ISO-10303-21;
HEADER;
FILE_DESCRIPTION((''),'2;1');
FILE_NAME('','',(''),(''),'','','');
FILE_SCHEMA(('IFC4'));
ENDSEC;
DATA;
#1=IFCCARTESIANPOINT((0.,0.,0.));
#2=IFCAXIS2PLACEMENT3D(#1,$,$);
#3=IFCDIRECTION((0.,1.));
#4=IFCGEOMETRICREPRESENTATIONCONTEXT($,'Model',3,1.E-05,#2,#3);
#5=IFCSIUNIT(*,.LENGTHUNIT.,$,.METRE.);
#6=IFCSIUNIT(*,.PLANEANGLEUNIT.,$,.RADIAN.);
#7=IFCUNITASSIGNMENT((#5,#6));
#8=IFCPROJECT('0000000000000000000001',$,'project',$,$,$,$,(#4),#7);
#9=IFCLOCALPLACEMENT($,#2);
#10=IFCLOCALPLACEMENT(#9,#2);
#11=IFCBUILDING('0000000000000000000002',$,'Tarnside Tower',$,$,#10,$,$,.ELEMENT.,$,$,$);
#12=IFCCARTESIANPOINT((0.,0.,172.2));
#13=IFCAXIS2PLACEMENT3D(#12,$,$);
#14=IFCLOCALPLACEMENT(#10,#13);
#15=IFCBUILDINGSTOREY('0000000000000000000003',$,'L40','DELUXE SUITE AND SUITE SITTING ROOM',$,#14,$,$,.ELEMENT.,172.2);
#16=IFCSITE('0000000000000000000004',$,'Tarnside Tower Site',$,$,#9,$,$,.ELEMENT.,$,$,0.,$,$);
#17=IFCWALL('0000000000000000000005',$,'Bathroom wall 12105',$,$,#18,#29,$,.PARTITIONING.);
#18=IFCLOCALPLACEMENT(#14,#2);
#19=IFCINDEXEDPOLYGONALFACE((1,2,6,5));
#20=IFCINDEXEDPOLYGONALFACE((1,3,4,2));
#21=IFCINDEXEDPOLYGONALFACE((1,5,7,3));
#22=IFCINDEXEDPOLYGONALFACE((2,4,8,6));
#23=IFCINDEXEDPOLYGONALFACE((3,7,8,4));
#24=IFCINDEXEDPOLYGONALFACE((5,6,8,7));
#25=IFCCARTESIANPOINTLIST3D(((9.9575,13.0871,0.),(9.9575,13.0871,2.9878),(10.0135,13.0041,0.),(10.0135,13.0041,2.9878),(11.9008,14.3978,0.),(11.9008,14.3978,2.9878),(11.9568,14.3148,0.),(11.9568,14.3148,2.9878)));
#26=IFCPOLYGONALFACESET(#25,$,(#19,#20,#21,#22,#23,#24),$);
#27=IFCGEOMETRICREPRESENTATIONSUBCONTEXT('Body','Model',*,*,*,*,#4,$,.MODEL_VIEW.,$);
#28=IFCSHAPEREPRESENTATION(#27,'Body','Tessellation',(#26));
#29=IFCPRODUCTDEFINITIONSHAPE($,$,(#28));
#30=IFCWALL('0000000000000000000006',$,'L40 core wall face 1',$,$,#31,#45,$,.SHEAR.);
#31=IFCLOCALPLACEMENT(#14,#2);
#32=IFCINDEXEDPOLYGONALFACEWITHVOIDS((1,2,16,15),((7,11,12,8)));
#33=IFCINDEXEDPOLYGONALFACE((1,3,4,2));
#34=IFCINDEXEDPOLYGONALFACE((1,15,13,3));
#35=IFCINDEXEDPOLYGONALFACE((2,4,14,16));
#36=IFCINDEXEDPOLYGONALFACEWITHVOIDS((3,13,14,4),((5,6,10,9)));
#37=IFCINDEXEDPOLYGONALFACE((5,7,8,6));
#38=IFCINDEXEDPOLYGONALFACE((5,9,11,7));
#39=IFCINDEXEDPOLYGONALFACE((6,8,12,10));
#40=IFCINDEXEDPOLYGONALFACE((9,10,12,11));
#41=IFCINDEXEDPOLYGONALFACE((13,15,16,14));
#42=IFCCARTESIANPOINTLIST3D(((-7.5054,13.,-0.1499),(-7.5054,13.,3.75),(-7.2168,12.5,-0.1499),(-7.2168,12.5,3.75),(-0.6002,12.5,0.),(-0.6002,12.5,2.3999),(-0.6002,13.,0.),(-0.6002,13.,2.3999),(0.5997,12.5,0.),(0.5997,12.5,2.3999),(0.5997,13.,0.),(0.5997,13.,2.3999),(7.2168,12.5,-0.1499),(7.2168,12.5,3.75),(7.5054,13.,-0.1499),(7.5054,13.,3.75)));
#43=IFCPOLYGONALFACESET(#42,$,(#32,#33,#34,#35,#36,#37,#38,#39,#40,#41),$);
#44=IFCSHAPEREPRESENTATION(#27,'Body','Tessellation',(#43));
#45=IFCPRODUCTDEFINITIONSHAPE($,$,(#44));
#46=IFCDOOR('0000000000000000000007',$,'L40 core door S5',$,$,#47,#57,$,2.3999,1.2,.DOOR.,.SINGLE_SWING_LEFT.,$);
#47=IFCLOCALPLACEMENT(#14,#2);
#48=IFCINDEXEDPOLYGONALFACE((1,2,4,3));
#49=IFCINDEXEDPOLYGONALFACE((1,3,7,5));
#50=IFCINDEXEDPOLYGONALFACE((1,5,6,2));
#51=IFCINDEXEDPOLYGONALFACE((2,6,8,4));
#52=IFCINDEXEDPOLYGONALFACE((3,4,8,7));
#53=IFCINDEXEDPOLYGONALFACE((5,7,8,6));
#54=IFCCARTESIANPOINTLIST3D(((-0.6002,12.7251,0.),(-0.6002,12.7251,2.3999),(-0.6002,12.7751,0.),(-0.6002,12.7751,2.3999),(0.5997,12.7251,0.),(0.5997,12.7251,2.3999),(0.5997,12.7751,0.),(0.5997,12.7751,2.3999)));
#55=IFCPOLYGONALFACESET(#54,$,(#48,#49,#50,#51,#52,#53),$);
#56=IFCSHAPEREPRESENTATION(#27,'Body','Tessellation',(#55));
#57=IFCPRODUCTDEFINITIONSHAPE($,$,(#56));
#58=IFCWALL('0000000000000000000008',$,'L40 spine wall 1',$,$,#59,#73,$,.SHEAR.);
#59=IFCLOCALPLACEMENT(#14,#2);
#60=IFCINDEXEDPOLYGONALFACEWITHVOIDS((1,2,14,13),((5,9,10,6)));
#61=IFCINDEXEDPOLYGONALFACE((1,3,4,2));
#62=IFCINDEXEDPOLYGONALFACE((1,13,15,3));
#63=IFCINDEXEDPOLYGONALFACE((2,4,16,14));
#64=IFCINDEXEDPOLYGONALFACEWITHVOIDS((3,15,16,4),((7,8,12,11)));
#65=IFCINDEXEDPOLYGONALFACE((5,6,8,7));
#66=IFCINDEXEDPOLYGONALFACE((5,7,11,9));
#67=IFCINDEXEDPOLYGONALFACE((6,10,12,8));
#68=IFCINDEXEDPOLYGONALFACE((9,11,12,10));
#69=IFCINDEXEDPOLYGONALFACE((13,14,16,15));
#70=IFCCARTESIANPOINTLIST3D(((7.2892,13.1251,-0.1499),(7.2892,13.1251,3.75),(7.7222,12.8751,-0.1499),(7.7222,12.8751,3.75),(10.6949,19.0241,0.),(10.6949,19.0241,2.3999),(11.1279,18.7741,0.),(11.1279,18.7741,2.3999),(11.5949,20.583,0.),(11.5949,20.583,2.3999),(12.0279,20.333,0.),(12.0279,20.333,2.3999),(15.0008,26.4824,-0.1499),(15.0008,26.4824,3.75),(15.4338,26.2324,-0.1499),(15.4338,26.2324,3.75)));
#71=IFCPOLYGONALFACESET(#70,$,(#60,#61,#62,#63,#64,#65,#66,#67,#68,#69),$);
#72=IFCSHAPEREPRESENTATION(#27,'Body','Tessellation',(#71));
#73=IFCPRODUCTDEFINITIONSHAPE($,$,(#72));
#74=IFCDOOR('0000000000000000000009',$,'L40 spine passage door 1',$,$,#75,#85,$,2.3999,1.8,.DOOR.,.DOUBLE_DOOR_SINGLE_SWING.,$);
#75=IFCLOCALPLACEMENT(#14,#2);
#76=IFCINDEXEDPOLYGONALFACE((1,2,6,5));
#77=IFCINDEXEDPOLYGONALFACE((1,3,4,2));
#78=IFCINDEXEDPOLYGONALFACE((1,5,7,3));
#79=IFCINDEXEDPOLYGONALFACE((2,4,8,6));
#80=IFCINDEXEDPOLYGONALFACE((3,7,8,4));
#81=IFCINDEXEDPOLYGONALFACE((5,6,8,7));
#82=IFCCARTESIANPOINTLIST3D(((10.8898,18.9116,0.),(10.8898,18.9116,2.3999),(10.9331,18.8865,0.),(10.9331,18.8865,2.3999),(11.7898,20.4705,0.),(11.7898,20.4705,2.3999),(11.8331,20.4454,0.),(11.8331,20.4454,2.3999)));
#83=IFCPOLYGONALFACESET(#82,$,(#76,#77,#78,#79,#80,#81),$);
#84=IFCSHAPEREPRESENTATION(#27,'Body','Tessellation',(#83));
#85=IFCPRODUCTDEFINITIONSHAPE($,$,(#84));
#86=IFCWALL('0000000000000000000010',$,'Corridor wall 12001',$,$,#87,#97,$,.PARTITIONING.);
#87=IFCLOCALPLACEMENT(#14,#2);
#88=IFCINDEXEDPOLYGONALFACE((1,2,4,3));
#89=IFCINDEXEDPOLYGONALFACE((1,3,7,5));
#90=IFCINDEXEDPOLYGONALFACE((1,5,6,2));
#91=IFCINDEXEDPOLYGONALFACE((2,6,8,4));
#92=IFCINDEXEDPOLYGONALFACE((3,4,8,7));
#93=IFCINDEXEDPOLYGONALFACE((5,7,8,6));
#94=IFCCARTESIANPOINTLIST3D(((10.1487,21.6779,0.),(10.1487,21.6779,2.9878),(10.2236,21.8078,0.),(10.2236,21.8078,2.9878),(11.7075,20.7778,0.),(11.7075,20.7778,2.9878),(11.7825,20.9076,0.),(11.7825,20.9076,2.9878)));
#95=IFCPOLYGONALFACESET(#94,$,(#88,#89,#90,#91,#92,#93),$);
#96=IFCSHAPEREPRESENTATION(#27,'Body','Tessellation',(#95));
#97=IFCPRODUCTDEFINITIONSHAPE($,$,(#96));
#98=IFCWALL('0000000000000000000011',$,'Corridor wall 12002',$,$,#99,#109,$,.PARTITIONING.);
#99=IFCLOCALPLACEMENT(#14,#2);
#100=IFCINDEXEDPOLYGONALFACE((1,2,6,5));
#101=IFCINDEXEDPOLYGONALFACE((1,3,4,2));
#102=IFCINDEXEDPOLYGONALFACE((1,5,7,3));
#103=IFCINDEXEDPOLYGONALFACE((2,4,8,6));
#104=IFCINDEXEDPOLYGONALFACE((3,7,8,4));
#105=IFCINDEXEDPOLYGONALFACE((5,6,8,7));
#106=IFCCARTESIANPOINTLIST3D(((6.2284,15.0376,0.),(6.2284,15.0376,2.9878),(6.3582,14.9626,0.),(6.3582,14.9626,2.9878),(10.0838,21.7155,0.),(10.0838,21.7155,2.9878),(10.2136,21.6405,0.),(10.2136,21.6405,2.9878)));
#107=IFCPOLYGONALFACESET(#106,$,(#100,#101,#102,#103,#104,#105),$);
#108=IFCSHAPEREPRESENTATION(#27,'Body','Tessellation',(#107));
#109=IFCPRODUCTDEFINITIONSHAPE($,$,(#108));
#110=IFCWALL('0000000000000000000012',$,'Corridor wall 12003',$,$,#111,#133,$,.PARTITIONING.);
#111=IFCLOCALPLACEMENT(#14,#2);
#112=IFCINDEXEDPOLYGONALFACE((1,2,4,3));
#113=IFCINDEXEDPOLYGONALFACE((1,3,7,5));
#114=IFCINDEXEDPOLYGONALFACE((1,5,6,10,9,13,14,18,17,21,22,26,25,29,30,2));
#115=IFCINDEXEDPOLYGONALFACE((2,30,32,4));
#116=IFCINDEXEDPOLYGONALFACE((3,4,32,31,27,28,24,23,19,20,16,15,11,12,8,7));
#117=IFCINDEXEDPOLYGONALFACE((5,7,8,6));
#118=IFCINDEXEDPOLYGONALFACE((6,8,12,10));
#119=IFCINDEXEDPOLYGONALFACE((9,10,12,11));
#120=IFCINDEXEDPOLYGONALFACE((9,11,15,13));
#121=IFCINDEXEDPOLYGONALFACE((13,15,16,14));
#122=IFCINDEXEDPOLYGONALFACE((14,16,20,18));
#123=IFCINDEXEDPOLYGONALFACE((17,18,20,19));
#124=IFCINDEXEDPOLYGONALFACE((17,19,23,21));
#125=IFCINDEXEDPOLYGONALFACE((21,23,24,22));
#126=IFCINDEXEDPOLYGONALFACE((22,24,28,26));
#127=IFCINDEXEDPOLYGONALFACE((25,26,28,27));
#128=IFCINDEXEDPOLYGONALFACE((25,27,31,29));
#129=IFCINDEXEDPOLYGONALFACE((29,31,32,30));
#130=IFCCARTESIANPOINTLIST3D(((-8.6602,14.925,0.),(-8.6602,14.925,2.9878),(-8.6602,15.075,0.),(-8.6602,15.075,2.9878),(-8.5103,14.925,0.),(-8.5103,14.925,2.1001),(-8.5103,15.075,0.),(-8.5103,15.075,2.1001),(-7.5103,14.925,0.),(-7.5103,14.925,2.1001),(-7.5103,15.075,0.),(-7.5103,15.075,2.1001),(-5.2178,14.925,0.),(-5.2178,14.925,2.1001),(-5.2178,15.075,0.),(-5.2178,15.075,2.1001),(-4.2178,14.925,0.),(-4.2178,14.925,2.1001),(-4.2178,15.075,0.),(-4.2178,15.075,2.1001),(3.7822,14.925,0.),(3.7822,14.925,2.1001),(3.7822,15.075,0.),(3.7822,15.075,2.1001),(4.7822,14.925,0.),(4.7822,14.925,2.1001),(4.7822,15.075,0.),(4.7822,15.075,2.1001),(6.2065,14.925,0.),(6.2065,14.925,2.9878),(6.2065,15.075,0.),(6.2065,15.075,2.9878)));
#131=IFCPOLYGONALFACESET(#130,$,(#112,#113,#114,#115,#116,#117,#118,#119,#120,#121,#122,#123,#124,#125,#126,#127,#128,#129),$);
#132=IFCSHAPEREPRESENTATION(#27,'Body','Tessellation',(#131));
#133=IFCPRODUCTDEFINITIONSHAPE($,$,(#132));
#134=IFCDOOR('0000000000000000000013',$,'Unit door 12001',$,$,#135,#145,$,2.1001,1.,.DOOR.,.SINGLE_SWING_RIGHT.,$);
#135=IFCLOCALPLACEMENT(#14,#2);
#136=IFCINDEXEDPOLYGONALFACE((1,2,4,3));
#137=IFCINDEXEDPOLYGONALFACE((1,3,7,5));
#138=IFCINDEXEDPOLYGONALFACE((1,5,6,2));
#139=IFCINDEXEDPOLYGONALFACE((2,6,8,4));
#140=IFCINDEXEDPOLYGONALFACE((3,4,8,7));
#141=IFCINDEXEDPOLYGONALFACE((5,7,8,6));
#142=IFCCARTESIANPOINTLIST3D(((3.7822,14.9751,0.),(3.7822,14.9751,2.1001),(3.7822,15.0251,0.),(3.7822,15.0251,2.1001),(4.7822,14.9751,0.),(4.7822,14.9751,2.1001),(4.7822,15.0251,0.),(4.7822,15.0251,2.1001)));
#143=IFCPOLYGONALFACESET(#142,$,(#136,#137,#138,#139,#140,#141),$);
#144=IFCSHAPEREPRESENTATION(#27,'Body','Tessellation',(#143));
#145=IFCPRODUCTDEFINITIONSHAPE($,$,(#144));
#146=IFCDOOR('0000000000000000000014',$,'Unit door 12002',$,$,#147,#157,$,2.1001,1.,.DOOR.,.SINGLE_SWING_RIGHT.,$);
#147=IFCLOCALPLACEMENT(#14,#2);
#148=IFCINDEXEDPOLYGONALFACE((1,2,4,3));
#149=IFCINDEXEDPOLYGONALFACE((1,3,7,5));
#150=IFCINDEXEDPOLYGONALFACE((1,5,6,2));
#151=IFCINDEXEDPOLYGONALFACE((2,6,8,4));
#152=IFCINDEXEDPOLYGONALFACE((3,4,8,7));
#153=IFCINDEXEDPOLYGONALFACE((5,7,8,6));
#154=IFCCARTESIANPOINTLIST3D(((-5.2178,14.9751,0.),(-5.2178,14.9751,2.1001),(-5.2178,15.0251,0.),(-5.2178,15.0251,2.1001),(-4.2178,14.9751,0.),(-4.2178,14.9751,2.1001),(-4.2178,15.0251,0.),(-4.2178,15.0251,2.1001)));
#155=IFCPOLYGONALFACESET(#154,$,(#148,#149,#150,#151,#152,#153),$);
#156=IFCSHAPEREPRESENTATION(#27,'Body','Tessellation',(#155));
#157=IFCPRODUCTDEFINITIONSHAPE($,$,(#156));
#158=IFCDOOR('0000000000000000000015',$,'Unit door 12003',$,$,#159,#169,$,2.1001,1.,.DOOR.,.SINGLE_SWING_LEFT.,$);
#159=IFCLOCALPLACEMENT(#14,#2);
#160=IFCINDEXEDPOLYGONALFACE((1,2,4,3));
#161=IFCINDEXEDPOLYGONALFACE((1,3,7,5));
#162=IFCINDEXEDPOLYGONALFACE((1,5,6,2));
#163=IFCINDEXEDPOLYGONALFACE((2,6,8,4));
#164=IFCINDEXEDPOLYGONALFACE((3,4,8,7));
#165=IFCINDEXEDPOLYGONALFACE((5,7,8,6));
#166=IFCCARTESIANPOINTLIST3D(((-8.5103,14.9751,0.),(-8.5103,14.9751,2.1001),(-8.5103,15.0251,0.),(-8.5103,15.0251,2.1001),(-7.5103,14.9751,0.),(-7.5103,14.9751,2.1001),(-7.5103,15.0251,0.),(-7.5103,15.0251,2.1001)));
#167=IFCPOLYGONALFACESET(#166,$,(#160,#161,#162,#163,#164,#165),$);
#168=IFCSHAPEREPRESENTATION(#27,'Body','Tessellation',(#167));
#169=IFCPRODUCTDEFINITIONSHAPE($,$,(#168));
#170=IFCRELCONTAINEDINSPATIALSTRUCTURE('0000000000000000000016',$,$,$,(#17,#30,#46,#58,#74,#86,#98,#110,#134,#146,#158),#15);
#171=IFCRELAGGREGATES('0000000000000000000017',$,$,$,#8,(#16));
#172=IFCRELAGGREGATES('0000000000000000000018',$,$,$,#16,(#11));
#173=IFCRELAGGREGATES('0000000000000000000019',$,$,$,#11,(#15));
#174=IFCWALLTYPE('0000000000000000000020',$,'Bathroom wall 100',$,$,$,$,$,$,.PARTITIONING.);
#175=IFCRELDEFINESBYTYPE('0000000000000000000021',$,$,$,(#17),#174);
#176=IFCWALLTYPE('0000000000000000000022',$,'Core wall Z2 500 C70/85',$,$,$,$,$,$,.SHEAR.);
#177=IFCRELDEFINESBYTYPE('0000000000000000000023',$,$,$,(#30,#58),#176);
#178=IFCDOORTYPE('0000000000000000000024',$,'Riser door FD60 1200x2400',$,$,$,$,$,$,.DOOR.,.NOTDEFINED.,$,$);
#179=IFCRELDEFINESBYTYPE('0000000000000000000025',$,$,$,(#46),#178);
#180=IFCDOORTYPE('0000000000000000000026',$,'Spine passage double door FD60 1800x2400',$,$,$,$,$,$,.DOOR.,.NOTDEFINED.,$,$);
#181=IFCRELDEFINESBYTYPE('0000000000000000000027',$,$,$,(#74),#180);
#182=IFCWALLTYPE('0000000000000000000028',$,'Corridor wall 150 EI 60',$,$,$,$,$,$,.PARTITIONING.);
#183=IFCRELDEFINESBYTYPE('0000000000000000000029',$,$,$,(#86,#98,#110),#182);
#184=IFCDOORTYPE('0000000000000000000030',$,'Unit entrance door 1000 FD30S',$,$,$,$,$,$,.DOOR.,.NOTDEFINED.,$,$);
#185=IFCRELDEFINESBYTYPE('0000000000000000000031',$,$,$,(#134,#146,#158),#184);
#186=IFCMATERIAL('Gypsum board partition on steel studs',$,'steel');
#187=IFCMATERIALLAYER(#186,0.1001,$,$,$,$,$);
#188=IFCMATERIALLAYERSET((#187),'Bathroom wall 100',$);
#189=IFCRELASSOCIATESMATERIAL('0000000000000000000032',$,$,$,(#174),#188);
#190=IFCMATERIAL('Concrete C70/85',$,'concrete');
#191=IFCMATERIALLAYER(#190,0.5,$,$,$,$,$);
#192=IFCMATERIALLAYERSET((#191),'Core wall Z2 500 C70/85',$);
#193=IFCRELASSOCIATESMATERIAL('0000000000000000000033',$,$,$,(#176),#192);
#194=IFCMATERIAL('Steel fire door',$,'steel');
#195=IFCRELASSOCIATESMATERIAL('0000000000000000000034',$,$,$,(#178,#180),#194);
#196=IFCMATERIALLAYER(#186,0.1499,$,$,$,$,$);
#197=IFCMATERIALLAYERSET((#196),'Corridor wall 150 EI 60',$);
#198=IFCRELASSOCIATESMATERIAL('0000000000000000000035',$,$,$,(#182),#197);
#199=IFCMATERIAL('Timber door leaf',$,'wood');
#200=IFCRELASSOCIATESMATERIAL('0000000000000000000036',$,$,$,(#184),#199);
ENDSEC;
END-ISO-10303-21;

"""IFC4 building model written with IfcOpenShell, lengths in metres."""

from ifc_helpers import new_model, si_unit, direction, frame, frame_2d, origin, place, context, subcontext, project, spatial, polyline, rectangle, outline, extrude, material, layer, layer_set, type_object, element, fill, save


model = new_model("IFC4")

# Units and contexts
model_context = context("Model", 3, precision=1e-05, world=origin(), true_north=direction((0.0, 1.0)))
body_context = subcontext(model_context, "Body", "Model", "MODEL_VIEW")
ifc_project = project(units=[si_unit("LENGTHUNIT", "METRE"), si_unit("PLANEANGLEUNIT", "RADIAN")], contexts=[model_context])

# Site, building, storey
site_placement = place(None, origin())
site = spatial("IfcSite", under=ifc_project, at=site_placement, Name="Tarnside Tower Site", CompositionType="ELEMENT", RefElevation=0.0)
building_placement = place(site_placement, origin())
building = spatial("IfcBuilding", under=site, at=building_placement, Name="Tarnside Tower", CompositionType="ELEMENT")
storey_placement = place(building_placement, frame((0.0, 0.0, 172.2)))
storey = spatial("IfcBuildingStorey", under=building, at=storey_placement, Name="L40", Description="DELUXE SUITE AND SUITE SITTING ROOM", CompositionType="ELEMENT", Elevation=172.2)

# Wall
ifc_material_1 = material(Name="Gypsum board partition on steel studs", Category="steel")
ifc_layer_1 = layer(ifc_material_1, 0.1001)
ifc_layer_set_1 = layer_set([ifc_layer_1], Name="Bathroom wall 100")
wall_type_1 = type_object("IfcWallType", Name="Bathroom wall 100", PredefinedType="PARTITIONING", material=ifc_layer_set_1)
wall_1_placement = place(storey_placement, frame((9.9856, 13.0457, 0.0), z_axis=(0.0, 0.0, 1.0), x_axis=(0.829042, 0.559187, 0.0)))
element("IfcWall", 1, at=wall_1_placement, inside=storey, type_object=wall_type_1, Name="Bathroom wall 12105", PredefinedType="PARTITIONING", context=body_context, shape_type="SweptSolid", body=[
    extrude(rectangle(XDim=2.344, YDim=0.1001, at=frame_2d((1.1719, 0.0))), origin(), (0.0, 0.0, 1.0), 2.9878),
])

# Walls, openings, doors
ifc_material_2 = material(Name="Concrete C70/85", Category="concrete")
ifc_layer_2 = layer(ifc_material_2, 0.5)
ifc_layer_set_2 = layer_set([ifc_layer_2], Name="Core wall Z2 500 C70/85")
wall_type_2 = type_object("IfcWallType", Name="Core wall Z2 500 C70/85", PredefinedType="SHEAR", material=ifc_layer_set_2)
wall_2_placement = place(storey_placement, frame((7.3611, 12.75, -0.1499), z_axis=(0.0, 0.0, 1.0), x_axis=(-1.0, 0.0, 0.0)))
wall_2 = element("IfcWall", 2, at=wall_2_placement, inside=storey, type_object=wall_type_2, Name="L40 core wall face 1", PredefinedType="SHEAR", context=body_context, shape_type="SweptSolid", body=[
    extrude(outline(polyline([(-0.1443, -0.25), (14.8665, -0.25), (14.5779, 0.25), (0.1443, 0.25), (-0.1443, -0.25)])), origin(), (0.0, 0.0, 1.0), 3.8999),
])
opening_1_placement = place(wall_2_placement, frame((6.7612, 0.0, 0.1499)))
opening_1 = element("IfcOpeningElement", 3, at=opening_1_placement, cuts=wall_2, PredefinedType="OPENING", context=body_context, shape_type="SweptSolid", body=[
    extrude(rectangle(XDim=1.2, YDim=2.3999, at=frame_2d((0.6001, 1.2))), frame((0.0, 0.26, 0.0), z_axis=(0.0, -1.0, 0.0), x_axis=(1.0, 0.0, 0.0)), (0.0, 0.0, 1.0), 0.52),
])
ifc_material_3 = material(Name="Steel fire door", Category="steel")
door_type_1 = type_object("IfcDoorType", Name="Riser door FD60 1200x2400", OperationType="NOTDEFINED", PredefinedType="DOOR", material=ifc_material_3)
door_1_placement = place(opening_1_placement, origin())
door_1 = element("IfcDoor", 4, at=door_1_placement, inside=storey, type_object=door_type_1, Name="L40 core door S5", OperationType="SINGLE_SWING_LEFT", OverallHeight=2.3999, OverallWidth=1.2, PredefinedType="DOOR", context=body_context, shape_type="SweptSolid", body=[
    extrude(rectangle(XDim=1.2, YDim=2.3999, at=frame_2d((0.6001, 1.2))), frame((0.0, 0.0249, 0.0), z_axis=(0.0, -1.0, 0.0), x_axis=(1.0, 0.0, 0.0)), (0.0, 0.0, 1.0), 0.05),
])
fill(opening_1, door_1)
wall_3_placement = place(storey_placement, frame((7.5056, 13.0, -0.1499), z_axis=(0.0, 0.0, 1.0), x_axis=(0.499988, 0.866032, 0.0)))
wall_3 = element("IfcWall", 5, at=wall_3_placement, inside=storey, type_object=wall_type_2, Name="L40 spine wall 1", PredefinedType="SHEAR", context=body_context, shape_type="SweptSolid", body=[
    extrude(rectangle(XDim=15.4236, YDim=0.5, at=frame_2d((7.7119, 0.0))), origin(), (0.0, 0.0, 1.0), 3.8999),
])
opening_2_placement = place(wall_3_placement, frame((6.8118, 0.0, 0.1499)))
opening_2 = element("IfcOpeningElement", 6, at=opening_2_placement, cuts=wall_3, PredefinedType="OPENING", context=body_context, shape_type="SweptSolid", body=[
    extrude(rectangle(XDim=1.8, YDim=2.3999, at=frame_2d((0.8999, 1.2))), frame((0.0, 0.26, 0.0), z_axis=(0.0, -1.0, 0.0), x_axis=(1.0, 0.0, 0.0)), (0.0, 0.0, 1.0), 0.52),
])
door_type_2 = type_object("IfcDoorType", Name="Spine passage double door FD60 1800x2400", OperationType="NOTDEFINED", PredefinedType="DOOR", material=ifc_material_3)
door_2_placement = place(opening_2_placement, origin())
door_2 = element("IfcDoor", 7, at=door_2_placement, inside=storey, type_object=door_type_2, Name="L40 spine passage door 1", OperationType="DOUBLE_DOOR_SINGLE_SWING", OverallHeight=2.3999, OverallWidth=1.8, PredefinedType="DOOR", context=body_context, shape_type="SweptSolid", body=[
    extrude(rectangle(XDim=1.8, YDim=2.3999, at=frame_2d((0.8999, 1.2))), frame((0.0, 0.0249, 0.0), z_axis=(0.0, -1.0, 0.0), x_axis=(1.0, 0.0, 0.0)), (0.0, 0.0, 1.0), 0.05),
])
fill(opening_2, door_2)

# Walls
ifc_layer_3 = layer(ifc_material_1, 0.1499)
ifc_layer_set_3 = layer_set([ifc_layer_3], Name="Corridor wall 150 EI 60")
wall_type_3 = type_object("IfcWallType", Name="Corridor wall 150 EI 60", PredefinedType="PARTITIONING", material=ifc_layer_set_3)
wall_4_placement = place(storey_placement, frame((11.7449, 20.8428, 0.0), z_axis=(0.0, 0.0, 1.0), x_axis=(-0.865989, 0.500063, 0.0)))
element("IfcWall", 8, at=wall_4_placement, inside=storey, type_object=wall_type_3, Name="Corridor wall 12001", PredefinedType="PARTITIONING", context=body_context, shape_type="SweptSolid", body=[
    extrude(rectangle(XDim=1.8, YDim=0.1499, at=frame_2d((0.8999, 0.0))), origin(), (0.0, 0.0, 1.0), 2.9878),
])
wall_5_placement = place(storey_placement, frame((10.1487, 21.678, 0.0), z_axis=(0.0, 0.0, 1.0), x_axis=(-0.499994, -0.866029, 0.0)))
element("IfcWall", 9, at=wall_5_placement, inside=storey, type_object=wall_type_3, Name="Corridor wall 12002", PredefinedType="PARTITIONING", context=body_context, shape_type="SweptSolid", body=[
    extrude(rectangle(XDim=7.7109, YDim=0.1499, at=frame_2d((3.8555, 0.0))), origin(), (0.0, 0.0, 1.0), 2.9878),
])

# Wall, openings, doors
wall_6_placement = place(storey_placement, frame((6.2065, 15.0, 0.0), z_axis=(0.0, 0.0, 1.0), x_axis=(-1.0, 0.0, 0.0)))
wall_6 = element("IfcWall", 10, at=wall_6_placement, inside=storey, type_object=wall_type_3, Name="Corridor wall 12003", PredefinedType="PARTITIONING", context=body_context, shape_type="SweptSolid", body=[
    extrude(rectangle(XDim=14.8667, YDim=0.1499, at=frame_2d((7.4333, 0.0))), origin(), (0.0, 0.0, 1.0), 2.9878),
])
opening_3_placement = place(wall_6_placement, frame((1.4243, 0.0, 0.0)))
opening_3 = element("IfcOpeningElement", 11, at=opening_3_placement, cuts=wall_6, PredefinedType="OPENING", context=body_context, shape_type="SweptSolid", body=[
    extrude(rectangle(XDim=1.0, YDim=2.1001, at=frame_2d((0.5, 1.05))), frame((0.0, 0.085, 0.0), z_axis=(0.0, -1.0, 0.0), x_axis=(1.0, 0.0, 0.0)), (0.0, 0.0, 1.0), 0.1699),
])
opening_4_placement = place(wall_6_placement, frame((10.4243, 0.0, 0.0)))
opening_4 = element("IfcOpeningElement", 12, at=opening_4_placement, cuts=wall_6, PredefinedType="OPENING", context=body_context, shape_type="SweptSolid", body=[
    extrude(rectangle(XDim=1.0, YDim=2.1001, at=frame_2d((0.5, 1.05))), frame((0.0, 0.085, 0.0), z_axis=(0.0, -1.0, 0.0), x_axis=(1.0, 0.0, 0.0)), (0.0, 0.0, 1.0), 0.1699),
])
opening_5_placement = place(wall_6_placement, frame((13.7168, 0.0, 0.0)))
opening_5 = element("IfcOpeningElement", 13, at=opening_5_placement, cuts=wall_6, PredefinedType="OPENING", context=body_context, shape_type="SweptSolid", body=[
    extrude(rectangle(XDim=1.0, YDim=2.1001, at=frame_2d((0.5, 1.05))), frame((0.0, 0.085, 0.0), z_axis=(0.0, -1.0, 0.0), x_axis=(1.0, 0.0, 0.0)), (0.0, 0.0, 1.0), 0.1699),
])
ifc_material_4 = material(Name="Timber door leaf", Category="wood")
door_type_3 = type_object("IfcDoorType", Name="Unit entrance door 1000 FD30S", OperationType="NOTDEFINED", PredefinedType="DOOR", material=ifc_material_4)
door_3_placement = place(opening_3_placement, origin())
door_3 = element("IfcDoor", 14, at=door_3_placement, inside=storey, type_object=door_type_3, Name="Unit door 12001", OperationType="SINGLE_SWING_RIGHT", OverallHeight=2.1001, OverallWidth=1.0, PredefinedType="DOOR", context=body_context, shape_type="SweptSolid", body=[
    extrude(rectangle(XDim=1.0, YDim=2.1001, at=frame_2d((0.5, 1.05))), frame((0.0, 0.0249, 0.0), z_axis=(0.0, -1.0, 0.0), x_axis=(1.0, 0.0, 0.0)), (0.0, 0.0, 1.0), 0.05),
])
fill(opening_3, door_3)
door_4_placement = place(opening_4_placement, origin())
door_4 = element("IfcDoor", 15, at=door_4_placement, inside=storey, type_object=door_type_3, Name="Unit door 12002", OperationType="SINGLE_SWING_RIGHT", OverallHeight=2.1001, OverallWidth=1.0, PredefinedType="DOOR", context=body_context, shape_type="SweptSolid", body=[
    extrude(rectangle(XDim=1.0, YDim=2.1001, at=frame_2d((0.5, 1.05))), frame((0.0, 0.0249, 0.0), z_axis=(0.0, -1.0, 0.0), x_axis=(1.0, 0.0, 0.0)), (0.0, 0.0, 1.0), 0.05),
])
fill(opening_4, door_4)
door_5_placement = place(opening_5_placement, origin())
door_5 = element("IfcDoor", 16, at=door_5_placement, inside=storey, type_object=door_type_3, Name="Unit door 12003", OperationType="SINGLE_SWING_LEFT", OverallHeight=2.1001, OverallWidth=1.0, PredefinedType="DOOR", context=body_context, shape_type="SweptSolid", body=[
    extrude(rectangle(XDim=1.0, YDim=2.1001, at=frame_2d((0.5, 1.05))), frame((0.0, 0.0249, 0.0), z_axis=(0.0, -1.0, 0.0), x_axis=(1.0, 0.0, 0.0)), (0.0, 0.0, 1.0), 0.05),
])
fill(opening_5, door_5)

save(model, "model.ifc")
